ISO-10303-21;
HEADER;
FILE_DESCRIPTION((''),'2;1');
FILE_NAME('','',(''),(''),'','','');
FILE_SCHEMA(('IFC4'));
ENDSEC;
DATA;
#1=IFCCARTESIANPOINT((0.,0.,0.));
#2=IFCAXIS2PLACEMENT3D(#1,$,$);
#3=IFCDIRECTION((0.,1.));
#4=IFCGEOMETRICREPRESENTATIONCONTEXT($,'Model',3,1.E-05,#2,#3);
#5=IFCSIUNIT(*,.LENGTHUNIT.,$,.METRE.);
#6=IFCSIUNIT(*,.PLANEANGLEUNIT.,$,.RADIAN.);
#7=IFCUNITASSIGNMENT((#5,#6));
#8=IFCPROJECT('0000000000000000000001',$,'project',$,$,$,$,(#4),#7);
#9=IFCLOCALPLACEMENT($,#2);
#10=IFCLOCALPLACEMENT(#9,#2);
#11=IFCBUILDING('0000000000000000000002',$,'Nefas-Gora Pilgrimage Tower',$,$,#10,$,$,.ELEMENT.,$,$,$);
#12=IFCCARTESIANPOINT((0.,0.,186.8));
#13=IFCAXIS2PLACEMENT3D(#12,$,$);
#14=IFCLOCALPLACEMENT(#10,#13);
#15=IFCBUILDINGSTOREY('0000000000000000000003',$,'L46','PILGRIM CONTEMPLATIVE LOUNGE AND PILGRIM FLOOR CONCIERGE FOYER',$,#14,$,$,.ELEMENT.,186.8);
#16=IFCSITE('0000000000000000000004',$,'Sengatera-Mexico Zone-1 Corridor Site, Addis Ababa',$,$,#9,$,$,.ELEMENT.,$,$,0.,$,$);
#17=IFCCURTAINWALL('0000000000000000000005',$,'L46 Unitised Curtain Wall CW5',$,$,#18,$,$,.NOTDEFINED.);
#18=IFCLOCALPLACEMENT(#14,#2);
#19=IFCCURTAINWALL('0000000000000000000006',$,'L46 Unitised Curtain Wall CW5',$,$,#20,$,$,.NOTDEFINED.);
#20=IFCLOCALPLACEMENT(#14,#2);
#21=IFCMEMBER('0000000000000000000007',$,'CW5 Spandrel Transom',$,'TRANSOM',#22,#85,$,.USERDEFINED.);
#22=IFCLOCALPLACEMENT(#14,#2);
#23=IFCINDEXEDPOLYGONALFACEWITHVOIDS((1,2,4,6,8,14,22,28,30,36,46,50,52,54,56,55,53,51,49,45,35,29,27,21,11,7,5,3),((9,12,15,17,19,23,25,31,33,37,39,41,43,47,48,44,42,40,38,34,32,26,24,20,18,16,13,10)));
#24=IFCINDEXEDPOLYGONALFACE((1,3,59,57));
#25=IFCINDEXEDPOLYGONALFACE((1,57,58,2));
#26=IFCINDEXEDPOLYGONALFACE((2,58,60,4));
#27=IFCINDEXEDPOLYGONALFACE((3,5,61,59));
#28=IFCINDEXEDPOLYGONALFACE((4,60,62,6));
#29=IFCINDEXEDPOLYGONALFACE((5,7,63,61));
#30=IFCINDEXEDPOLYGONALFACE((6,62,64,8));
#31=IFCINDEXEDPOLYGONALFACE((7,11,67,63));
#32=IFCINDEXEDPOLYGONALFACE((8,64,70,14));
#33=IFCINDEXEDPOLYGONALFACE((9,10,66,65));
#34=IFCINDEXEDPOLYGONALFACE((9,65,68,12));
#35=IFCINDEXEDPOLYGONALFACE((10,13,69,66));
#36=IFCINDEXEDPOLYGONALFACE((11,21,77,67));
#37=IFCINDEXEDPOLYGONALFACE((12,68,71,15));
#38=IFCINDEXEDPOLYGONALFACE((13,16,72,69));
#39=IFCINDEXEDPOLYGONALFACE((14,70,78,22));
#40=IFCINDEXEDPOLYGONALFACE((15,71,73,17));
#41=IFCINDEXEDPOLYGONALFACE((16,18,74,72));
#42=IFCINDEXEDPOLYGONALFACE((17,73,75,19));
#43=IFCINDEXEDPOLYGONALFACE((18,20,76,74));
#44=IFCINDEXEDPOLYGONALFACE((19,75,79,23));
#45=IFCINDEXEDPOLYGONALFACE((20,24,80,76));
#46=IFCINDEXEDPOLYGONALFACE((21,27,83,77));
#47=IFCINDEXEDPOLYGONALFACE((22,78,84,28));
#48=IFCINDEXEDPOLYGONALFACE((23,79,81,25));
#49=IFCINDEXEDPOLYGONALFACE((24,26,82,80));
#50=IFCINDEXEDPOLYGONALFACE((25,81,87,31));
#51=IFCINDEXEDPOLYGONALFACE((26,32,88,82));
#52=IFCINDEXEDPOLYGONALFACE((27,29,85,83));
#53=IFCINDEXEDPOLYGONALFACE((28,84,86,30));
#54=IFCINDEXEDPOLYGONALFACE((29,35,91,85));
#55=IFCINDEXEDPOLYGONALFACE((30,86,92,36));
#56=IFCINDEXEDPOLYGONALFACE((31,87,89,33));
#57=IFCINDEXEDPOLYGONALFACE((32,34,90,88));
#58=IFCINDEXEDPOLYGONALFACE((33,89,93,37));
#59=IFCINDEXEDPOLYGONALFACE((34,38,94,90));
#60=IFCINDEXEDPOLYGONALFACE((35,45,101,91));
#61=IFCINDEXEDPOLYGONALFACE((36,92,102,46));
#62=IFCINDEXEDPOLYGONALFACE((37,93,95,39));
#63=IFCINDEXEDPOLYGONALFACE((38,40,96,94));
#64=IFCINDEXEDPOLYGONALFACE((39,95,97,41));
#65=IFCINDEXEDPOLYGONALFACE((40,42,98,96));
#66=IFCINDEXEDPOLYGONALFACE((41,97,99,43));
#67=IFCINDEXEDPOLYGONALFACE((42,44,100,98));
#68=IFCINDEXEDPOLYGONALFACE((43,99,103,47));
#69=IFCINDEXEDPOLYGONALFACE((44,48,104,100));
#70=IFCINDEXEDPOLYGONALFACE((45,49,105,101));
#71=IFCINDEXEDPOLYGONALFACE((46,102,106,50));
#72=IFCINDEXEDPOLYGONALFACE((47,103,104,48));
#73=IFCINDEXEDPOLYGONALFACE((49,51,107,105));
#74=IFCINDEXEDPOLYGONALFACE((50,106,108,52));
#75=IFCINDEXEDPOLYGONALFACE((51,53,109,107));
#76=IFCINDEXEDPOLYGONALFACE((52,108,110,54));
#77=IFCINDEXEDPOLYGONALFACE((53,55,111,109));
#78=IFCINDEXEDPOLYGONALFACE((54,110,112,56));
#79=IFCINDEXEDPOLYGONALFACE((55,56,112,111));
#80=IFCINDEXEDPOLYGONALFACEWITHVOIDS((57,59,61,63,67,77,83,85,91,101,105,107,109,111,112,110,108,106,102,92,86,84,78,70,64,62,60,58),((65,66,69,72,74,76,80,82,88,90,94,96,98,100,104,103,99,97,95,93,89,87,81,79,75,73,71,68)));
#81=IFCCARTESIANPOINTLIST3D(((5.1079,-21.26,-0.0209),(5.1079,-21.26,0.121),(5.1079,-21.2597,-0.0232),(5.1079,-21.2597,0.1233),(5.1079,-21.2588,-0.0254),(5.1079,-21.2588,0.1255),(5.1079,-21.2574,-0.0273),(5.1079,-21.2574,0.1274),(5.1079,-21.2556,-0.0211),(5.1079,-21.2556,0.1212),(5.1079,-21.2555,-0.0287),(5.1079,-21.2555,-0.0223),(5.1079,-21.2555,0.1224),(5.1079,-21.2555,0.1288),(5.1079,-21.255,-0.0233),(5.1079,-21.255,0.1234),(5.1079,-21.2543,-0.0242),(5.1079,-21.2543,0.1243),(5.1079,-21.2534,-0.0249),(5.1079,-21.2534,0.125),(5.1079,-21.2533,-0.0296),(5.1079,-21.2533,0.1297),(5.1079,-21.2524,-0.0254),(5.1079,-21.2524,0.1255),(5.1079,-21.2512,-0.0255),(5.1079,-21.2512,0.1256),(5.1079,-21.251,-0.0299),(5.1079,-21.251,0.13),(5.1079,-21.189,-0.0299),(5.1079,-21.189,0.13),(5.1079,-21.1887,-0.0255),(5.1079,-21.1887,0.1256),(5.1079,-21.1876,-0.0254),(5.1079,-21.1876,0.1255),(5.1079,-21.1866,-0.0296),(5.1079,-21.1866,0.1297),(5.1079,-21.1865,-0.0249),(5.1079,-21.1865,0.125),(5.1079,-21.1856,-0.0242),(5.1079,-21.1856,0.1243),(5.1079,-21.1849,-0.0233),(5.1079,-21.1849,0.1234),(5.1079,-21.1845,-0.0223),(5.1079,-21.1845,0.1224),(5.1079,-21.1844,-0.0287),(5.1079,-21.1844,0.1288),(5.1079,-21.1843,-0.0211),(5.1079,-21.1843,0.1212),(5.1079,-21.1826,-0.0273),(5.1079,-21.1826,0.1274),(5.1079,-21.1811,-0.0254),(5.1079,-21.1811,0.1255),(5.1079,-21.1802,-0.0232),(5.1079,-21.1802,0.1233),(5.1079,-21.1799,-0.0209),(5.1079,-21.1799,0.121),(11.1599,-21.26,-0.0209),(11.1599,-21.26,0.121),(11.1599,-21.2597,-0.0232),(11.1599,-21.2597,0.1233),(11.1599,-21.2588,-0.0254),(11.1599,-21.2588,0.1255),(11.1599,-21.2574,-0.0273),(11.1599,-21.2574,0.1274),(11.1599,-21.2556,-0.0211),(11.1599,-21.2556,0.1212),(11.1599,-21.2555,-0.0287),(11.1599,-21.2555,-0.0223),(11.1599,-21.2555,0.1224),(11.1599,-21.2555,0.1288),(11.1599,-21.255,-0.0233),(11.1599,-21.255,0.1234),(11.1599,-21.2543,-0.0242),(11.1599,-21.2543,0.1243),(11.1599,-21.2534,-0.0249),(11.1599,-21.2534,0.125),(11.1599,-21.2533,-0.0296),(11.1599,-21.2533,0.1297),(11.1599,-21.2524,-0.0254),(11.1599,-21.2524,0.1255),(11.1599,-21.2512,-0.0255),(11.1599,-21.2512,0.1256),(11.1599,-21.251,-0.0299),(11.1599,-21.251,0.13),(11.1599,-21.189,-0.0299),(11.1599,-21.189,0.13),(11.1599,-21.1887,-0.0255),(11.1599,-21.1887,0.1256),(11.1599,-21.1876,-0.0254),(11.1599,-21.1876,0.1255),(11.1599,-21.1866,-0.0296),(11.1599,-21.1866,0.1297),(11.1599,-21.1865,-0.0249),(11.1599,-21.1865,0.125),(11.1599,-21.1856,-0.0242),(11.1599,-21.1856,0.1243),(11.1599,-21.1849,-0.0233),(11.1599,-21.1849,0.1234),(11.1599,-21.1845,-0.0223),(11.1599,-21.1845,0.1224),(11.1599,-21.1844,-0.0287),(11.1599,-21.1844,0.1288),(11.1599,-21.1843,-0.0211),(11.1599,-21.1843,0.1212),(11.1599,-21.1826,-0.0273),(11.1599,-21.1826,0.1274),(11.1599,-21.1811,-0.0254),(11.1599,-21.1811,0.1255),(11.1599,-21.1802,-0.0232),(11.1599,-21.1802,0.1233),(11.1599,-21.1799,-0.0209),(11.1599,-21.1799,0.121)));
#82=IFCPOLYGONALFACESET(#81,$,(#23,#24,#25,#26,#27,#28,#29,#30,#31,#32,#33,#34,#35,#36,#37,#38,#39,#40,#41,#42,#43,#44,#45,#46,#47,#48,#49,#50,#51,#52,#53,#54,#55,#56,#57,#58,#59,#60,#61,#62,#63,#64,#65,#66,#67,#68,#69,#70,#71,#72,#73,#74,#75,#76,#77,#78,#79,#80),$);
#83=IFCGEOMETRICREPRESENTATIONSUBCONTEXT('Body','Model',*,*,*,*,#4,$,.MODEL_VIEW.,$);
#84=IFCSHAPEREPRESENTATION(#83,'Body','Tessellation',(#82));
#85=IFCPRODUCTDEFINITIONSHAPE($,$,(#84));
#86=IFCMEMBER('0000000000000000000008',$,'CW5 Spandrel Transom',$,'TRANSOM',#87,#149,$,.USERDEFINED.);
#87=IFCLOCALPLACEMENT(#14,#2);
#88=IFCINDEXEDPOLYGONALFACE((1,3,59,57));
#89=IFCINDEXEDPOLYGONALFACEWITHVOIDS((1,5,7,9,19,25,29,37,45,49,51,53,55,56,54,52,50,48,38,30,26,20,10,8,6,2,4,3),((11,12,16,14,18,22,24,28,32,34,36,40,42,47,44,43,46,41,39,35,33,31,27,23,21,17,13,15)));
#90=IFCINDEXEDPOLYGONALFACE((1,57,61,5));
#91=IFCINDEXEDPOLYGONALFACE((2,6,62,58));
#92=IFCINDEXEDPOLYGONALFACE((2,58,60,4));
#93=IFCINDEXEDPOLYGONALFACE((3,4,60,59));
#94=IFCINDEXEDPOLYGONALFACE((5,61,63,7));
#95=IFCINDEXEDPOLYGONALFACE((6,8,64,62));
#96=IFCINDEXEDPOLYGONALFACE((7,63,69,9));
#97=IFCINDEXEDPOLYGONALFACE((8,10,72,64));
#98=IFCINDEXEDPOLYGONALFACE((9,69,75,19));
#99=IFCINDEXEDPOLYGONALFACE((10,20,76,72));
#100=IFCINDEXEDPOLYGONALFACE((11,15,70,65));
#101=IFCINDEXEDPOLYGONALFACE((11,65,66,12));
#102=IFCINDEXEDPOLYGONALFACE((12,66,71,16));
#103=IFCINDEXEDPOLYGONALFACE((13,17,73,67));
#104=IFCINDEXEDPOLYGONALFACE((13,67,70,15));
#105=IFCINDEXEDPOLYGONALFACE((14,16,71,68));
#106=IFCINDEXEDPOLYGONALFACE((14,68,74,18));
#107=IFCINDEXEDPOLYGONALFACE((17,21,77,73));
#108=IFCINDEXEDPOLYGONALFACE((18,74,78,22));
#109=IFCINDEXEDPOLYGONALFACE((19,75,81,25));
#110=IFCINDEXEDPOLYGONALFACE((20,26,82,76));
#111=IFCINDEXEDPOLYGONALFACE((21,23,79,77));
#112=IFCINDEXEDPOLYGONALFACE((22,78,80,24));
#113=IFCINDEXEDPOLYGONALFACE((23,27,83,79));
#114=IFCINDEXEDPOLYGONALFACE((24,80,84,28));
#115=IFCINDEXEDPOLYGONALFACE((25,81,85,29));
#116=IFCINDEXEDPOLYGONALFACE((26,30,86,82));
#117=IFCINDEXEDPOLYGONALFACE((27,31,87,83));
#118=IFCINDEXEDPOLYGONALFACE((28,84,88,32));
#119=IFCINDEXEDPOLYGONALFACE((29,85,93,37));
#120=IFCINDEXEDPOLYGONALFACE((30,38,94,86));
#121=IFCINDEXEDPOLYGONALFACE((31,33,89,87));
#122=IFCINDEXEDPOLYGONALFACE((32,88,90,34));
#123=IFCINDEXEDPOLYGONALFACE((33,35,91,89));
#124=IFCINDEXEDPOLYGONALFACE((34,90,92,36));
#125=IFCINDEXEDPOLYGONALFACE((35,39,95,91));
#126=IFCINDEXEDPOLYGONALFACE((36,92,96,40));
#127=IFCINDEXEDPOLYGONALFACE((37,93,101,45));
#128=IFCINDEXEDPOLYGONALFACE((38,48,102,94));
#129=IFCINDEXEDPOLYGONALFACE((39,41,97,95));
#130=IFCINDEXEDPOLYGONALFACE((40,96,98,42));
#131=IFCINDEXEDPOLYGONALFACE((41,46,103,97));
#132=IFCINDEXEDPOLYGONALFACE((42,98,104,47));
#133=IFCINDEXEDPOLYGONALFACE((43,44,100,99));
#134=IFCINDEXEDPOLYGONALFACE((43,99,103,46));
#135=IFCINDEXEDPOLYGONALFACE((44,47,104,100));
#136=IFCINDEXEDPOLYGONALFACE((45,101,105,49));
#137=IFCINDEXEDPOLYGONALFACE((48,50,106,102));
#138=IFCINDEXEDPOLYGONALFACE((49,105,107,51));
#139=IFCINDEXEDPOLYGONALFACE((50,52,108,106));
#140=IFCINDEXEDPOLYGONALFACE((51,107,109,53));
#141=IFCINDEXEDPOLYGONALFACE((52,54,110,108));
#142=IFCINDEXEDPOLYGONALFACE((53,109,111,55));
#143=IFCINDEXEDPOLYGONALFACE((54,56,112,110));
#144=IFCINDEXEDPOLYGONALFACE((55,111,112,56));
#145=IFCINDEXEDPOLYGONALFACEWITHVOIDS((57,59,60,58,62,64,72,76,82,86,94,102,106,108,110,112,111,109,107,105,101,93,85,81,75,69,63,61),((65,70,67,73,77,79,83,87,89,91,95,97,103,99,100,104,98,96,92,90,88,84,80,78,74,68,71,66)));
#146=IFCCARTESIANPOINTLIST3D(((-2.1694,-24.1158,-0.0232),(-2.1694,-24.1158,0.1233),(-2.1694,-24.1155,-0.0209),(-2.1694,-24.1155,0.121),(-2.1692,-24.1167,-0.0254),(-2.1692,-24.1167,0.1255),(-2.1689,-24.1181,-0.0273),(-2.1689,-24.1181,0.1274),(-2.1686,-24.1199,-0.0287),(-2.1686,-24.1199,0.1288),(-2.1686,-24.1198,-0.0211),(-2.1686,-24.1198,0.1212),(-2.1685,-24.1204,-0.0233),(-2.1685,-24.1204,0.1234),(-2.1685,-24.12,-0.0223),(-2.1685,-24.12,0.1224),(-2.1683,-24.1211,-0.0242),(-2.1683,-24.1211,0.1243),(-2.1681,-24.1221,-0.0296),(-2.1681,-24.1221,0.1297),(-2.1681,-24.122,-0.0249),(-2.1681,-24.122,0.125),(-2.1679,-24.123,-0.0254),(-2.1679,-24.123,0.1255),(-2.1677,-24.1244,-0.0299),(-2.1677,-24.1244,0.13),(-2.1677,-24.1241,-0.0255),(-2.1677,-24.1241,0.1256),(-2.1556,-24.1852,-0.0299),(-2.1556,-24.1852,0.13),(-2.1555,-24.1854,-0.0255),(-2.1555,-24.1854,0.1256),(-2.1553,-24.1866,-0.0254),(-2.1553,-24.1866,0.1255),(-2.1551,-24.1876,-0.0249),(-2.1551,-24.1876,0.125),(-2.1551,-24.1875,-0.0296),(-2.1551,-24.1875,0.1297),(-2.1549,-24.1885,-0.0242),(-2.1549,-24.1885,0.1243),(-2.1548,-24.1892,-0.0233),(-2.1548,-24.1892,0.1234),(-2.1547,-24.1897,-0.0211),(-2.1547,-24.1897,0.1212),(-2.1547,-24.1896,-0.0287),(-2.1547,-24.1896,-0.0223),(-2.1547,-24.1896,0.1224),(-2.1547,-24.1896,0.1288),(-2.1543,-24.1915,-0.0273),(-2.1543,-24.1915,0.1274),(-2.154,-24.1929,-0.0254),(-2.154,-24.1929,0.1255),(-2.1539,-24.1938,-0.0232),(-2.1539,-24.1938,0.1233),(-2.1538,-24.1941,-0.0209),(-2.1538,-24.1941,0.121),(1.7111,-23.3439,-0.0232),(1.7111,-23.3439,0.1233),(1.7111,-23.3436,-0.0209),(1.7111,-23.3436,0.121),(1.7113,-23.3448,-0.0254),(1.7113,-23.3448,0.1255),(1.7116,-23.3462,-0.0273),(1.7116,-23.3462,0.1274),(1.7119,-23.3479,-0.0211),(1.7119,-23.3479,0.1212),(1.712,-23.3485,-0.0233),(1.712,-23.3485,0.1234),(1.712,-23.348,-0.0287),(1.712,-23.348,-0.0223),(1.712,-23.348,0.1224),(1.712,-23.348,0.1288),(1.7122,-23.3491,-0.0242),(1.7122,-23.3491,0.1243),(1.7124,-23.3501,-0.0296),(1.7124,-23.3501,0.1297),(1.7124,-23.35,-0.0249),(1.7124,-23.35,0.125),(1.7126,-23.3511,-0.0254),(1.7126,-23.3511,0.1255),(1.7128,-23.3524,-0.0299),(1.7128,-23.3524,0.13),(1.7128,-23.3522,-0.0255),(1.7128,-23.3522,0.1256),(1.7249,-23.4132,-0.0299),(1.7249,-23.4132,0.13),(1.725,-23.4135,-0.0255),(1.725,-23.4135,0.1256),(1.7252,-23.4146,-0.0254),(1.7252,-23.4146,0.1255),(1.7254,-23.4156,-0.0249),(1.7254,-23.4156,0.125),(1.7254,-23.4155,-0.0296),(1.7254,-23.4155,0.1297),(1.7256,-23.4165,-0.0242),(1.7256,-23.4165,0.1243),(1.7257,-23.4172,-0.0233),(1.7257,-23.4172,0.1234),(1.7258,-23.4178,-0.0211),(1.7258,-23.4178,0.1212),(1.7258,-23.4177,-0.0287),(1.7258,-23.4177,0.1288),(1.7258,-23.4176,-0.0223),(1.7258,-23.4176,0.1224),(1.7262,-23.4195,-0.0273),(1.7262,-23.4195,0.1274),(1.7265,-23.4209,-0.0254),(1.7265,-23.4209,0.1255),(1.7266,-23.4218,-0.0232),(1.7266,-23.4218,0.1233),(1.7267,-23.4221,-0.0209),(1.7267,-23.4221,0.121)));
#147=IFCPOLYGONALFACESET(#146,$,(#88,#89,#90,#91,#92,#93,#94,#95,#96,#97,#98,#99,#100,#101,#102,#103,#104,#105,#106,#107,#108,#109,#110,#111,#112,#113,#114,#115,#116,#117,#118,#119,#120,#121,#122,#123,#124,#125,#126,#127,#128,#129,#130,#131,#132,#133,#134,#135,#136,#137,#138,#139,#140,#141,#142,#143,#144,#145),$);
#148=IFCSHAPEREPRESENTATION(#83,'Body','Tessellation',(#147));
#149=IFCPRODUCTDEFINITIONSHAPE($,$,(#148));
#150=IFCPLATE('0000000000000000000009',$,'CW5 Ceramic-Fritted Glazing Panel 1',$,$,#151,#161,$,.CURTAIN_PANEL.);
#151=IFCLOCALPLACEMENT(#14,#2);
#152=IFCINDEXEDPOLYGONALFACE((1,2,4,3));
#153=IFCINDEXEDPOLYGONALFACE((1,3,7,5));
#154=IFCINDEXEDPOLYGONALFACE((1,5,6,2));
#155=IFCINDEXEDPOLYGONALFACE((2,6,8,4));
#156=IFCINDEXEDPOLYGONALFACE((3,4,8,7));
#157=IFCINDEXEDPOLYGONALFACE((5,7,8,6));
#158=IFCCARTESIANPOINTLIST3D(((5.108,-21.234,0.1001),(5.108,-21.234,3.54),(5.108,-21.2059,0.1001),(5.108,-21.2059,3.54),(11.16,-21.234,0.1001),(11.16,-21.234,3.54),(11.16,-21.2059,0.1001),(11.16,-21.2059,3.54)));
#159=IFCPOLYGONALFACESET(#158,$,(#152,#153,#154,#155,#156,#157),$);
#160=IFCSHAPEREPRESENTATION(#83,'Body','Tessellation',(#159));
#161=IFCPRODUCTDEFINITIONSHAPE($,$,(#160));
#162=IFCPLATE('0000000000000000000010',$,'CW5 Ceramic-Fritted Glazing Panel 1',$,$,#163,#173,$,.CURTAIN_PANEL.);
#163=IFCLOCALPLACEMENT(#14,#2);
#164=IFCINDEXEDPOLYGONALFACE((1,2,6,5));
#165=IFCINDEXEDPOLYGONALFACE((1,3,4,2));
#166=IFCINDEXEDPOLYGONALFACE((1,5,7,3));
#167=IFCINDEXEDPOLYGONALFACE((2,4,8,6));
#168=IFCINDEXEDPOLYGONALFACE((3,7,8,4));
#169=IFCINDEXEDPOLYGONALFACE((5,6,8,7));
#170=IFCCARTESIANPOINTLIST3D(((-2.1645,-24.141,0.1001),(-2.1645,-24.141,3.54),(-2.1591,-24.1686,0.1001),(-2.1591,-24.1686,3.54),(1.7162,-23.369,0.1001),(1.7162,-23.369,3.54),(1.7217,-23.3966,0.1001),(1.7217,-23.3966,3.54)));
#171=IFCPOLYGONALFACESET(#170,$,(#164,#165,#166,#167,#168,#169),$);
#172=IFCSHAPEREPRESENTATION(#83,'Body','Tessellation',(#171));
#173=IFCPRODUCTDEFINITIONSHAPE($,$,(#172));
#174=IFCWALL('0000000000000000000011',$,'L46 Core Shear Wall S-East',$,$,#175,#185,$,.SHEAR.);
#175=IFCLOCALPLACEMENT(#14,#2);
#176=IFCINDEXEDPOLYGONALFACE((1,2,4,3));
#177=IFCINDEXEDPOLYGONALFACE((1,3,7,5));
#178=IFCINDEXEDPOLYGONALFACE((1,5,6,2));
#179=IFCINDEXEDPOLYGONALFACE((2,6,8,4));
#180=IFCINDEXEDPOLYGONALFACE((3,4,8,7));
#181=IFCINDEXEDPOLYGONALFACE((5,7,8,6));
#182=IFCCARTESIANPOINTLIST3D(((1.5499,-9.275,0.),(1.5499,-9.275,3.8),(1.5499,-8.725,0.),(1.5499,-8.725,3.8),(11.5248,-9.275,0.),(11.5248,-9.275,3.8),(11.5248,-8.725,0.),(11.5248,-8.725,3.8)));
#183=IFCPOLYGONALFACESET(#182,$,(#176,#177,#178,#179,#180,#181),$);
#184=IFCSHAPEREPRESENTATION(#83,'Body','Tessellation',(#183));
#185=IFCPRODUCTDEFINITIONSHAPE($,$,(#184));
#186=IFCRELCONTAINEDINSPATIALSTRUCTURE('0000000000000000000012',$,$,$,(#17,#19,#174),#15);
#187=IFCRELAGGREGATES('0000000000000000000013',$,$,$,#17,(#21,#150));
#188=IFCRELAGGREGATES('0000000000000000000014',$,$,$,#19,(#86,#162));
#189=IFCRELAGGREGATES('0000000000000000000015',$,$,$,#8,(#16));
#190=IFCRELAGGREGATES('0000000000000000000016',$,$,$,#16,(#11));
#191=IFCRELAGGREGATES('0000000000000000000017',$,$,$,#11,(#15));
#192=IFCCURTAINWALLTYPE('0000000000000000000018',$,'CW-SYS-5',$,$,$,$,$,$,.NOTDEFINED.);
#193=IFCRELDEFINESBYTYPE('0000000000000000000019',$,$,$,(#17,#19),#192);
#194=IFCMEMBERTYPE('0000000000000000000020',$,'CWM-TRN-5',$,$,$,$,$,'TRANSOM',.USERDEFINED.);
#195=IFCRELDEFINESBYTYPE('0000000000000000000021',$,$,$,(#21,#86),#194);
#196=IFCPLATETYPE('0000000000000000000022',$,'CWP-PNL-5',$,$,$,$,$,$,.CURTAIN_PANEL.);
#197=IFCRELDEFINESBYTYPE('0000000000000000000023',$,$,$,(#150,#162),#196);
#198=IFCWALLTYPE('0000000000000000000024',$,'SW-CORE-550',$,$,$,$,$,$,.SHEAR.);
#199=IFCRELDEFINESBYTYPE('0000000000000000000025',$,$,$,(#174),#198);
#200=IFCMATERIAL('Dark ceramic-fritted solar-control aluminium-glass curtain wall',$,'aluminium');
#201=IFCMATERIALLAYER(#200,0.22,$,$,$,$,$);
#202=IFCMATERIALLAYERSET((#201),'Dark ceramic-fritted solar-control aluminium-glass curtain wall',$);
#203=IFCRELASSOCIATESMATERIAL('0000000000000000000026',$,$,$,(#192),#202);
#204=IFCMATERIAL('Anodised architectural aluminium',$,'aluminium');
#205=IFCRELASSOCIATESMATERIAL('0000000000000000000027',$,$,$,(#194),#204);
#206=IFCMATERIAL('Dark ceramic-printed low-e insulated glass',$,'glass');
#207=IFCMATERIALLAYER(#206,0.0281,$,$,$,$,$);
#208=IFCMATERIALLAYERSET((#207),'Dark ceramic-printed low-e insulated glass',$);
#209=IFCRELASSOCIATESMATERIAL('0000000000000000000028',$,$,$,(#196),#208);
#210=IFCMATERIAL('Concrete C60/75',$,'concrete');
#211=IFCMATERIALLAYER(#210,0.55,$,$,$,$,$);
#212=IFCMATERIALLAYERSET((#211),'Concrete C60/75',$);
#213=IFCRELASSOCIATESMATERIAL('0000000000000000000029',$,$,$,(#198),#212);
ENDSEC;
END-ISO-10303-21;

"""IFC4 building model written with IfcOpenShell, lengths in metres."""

from ifc_helpers import new_model, si_unit, direction, frame, frame_2d, origin, origin_2d, place, context, subcontext, project, spatial, rectangle, hollow_rectangle, extrude, source, transform, mapped, material, layer, layer_set, material_profile, profile_set, type_object, element, aggregate, save


model = new_model("IFC4")

# Units and contexts
model_context = context("Model", 3, precision=1e-05, world=origin(), true_north=direction((0.0, 1.0)))
body_context = subcontext(model_context, "Body", "Model", "MODEL_VIEW")
ifc_project = project(units=[si_unit("LENGTHUNIT", "METRE"), si_unit("PLANEANGLEUNIT", "RADIAN")], contexts=[model_context])

# Site, building, storey
site_placement = place(None, origin())
site = spatial("IfcSite", under=ifc_project, at=site_placement, Name="Sengatera-Mexico Zone-1 Corridor Site, Addis Ababa", CompositionType="ELEMENT", RefElevation=0.0)
building_placement = place(site_placement, origin())
building = spatial("IfcBuilding", under=site, at=building_placement, Name="Nefas-Gora Pilgrimage Tower", CompositionType="ELEMENT")
storey_placement = place(building_placement, frame((0.0, 0.0, 186.8)))
storey = spatial("IfcBuildingStorey", under=building, at=storey_placement, Name="L46", Description="PILGRIM CONTEMPLATIVE LOUNGE AND PILGRIM FLOOR CONCIERGE FOYER", CompositionType="ELEMENT", Elevation=186.8)

# Shared definitions
ifc_material_1 = material(Name="Concrete C60/75", Category="concrete")

# Curtain walls
ifc_material_2 = material(Name="Dark ceramic-fritted solar-control aluminium-glass curtain wall", Category="aluminium")
ifc_layer_1 = layer(ifc_material_2, 0.22)
ifc_layer_set_1 = layer_set([ifc_layer_1], Name="Dark ceramic-fritted solar-control aluminium-glass curtain wall")
curtain_wall_type = type_object("IfcCurtainWallType", Name="CW-SYS-5", PredefinedType="NOTDEFINED", material=ifc_layer_set_1)
curtain_wall_1_placement = place(storey_placement, origin())
curtain_wall_1 = element("IfcCurtainWall", 1, at=curtain_wall_1_placement, inside=storey, type_object=curtain_wall_type, Name="L46 Unitised Curtain Wall CW5", PredefinedType="NOTDEFINED")
ifc_material_3 = material(Name="Anodised architectural aluminium", Category="aluminium")
curtain_wall_2_placement = place(storey_placement, origin())
curtain_wall_2 = element("IfcCurtainWall", 2, at=curtain_wall_2_placement, inside=storey, type_object=curtain_wall_type, Name="L46 Unitised Curtain Wall CW5", PredefinedType="NOTDEFINED")

# Members
ifc_material_profile_1 = material_profile(ifc_material_3, hollow_rectangle(XDim=0.0801, YDim=0.1599, WallThickness=0.0044, InnerFilletRadius=0.0044, OuterFilletRadius=0.009, at=origin_2d()), Name="ALU TRANSOM 80x160")
ifc_profile_set_1 = profile_set([ifc_material_profile_1], Name="Anodised architectural aluminium")
member_type_1 = type_object("IfcMemberType", Name="CWM-TRN-5", ElementType="TRANSOM", PredefinedType="USERDEFINED", material=ifc_profile_set_1)
shared_shape_1 = source(origin(), body_context, "Body", "SweptSolid", [
    extrude(hollow_rectangle(XDim=0.0801, YDim=0.1599, WallThickness=0.0044, InnerFilletRadius=0.0044, OuterFilletRadius=0.009, at=origin_2d()), origin(), (0.0, 0.0, 1.0), 6.052),
])
member_1_placement = place(storey_placement, frame((5.1079, -21.22, 0.05), z_axis=(1.0, 0.0, 0.0), x_axis=(0.0, 1.0, 0.0)))
member_1 = element("IfcMember", 3, at=member_1_placement, type_object=member_type_1, Name="CW5 Spandrel Transom", ObjectType="TRANSOM", PredefinedType="USERDEFINED", context=body_context, shape_type="MappedRepresentation", body=[
    mapped(shared_shape_1, transform((0.0, 0.0, 0.0), x_axis=(1.0, 0.0, 0.0), y_axis=(0.0, 1.0, 0.0), z_axis=(0.0, 0.0, 1.0), scale=1.0)),
])
shared_shape_2 = source(origin(), body_context, "Body", "SweptSolid", [
    extrude(hollow_rectangle(XDim=0.0801, YDim=0.1599, WallThickness=0.0044, InnerFilletRadius=0.0044, OuterFilletRadius=0.009, at=origin_2d()), origin(), (0.0, 0.0, 1.0), 3.9565),
])
member_2_placement = place(storey_placement, frame((-2.1616, -24.1548, 0.05), z_axis=(0.980782, 0.195107, 0.0), x_axis=(-0.195107, 0.980782, 0.0)))
member_2 = element("IfcMember", 4, at=member_2_placement, type_object=member_type_1, Name="CW5 Spandrel Transom", ObjectType="TRANSOM", PredefinedType="USERDEFINED", context=body_context, shape_type="MappedRepresentation", body=[
    mapped(shared_shape_2, transform((0.0, 0.0, 0.0), x_axis=(1.0, 0.0, 0.0), y_axis=(0.0, 1.0, 0.0), z_axis=(0.0, 0.0, 1.0), scale=1.0)),
])

# Plates
ifc_material_4 = material(Name="Dark ceramic-printed low-e insulated glass", Category="glass")
ifc_layer_2 = layer(ifc_material_4, 0.0281)
ifc_layer_set_2 = layer_set([ifc_layer_2], Name="Dark ceramic-printed low-e insulated glass")
plate_type = type_object("IfcPlateType", Name="CWP-PNL-5", PredefinedType="CURTAIN_PANEL", material=ifc_layer_set_2)
shared_shape_3 = source(origin(), body_context, "Body", "SweptSolid", [
    extrude(rectangle(XDim=6.052, YDim=0.0281, at=origin_2d()), origin(), (0.0, 0.0, 1.0), 3.4399),
])
plate_1_placement = place(storey_placement, frame((8.134, -21.22, 0.1001), z_axis=(0.0, 0.0, 1.0), x_axis=(1.0, 0.0, 0.0)))
plate_1 = element("IfcPlate", 5, at=plate_1_placement, type_object=plate_type, Name="CW5 Ceramic-Fritted Glazing Panel 1", PredefinedType="CURTAIN_PANEL", context=body_context, shape_type="MappedRepresentation", body=[
    mapped(shared_shape_3, transform((0.0, 0.0, 0.0), x_axis=(1.0, 0.0, 0.0), y_axis=(0.0, 1.0, 0.0), z_axis=(0.0, 0.0, 1.0), scale=1.0)),
])
aggregate(curtain_wall_1, [member_1, plate_1])
shared_shape_4 = source(origin(), body_context, "Body", "SweptSolid", [
    extrude(rectangle(XDim=3.9568, YDim=0.0281, at=origin_2d()), origin(), (0.0, 0.0, 1.0), 3.4399),
])
plate_2_placement = place(storey_placement, frame((-0.2214, -23.7688, 0.1001), z_axis=(0.0, 0.0, 1.0), x_axis=(0.980783, 0.195102, 0.0)))
plate_2 = element("IfcPlate", 6, at=plate_2_placement, type_object=plate_type, Name="CW5 Ceramic-Fritted Glazing Panel 1", PredefinedType="CURTAIN_PANEL", context=body_context, shape_type="MappedRepresentation", body=[
    mapped(shared_shape_4, transform((0.0, 0.0, 0.0), x_axis=(1.0, 0.0, 0.0), y_axis=(0.0, 1.0, 0.0), z_axis=(0.0, 0.0, 1.0), scale=1.0)),
])
aggregate(curtain_wall_2, [member_2, plate_2])

# Wall
ifc_layer_3 = layer(ifc_material_1, 0.55)
ifc_layer_set_3 = layer_set([ifc_layer_3], Name="Concrete C60/75")
wall_type_1 = type_object("IfcWallType", Name="SW-CORE-550", PredefinedType="SHEAR", material=ifc_layer_set_3)
shared_shape_5 = source(origin(), body_context, "Body", "SweptSolid", [
    extrude(rectangle(XDim=9.9749, YDim=0.55, at=frame_2d((4.9873, 0.0))), origin(), (0.0, 0.0, 1.0), 3.8),
])
wall_1_placement = place(storey_placement, frame((1.55, -9.0, 0.0), z_axis=(0.0, 0.0, 1.0), x_axis=(1.0, 0.0, 0.0)))
element("IfcWall", 7, at=wall_1_placement, inside=storey, type_object=wall_type_1, Name="L46 Core Shear Wall S-East", PredefinedType="SHEAR", context=body_context, shape_type="MappedRepresentation", body=[
    mapped(shared_shape_5, transform((0.0, 0.0, 0.0), x_axis=(1.0, 0.0, 0.0), y_axis=(0.0, 1.0, 0.0), z_axis=(0.0, 0.0, 1.0), scale=1.0)),
])

save(model, "model.ifc")
